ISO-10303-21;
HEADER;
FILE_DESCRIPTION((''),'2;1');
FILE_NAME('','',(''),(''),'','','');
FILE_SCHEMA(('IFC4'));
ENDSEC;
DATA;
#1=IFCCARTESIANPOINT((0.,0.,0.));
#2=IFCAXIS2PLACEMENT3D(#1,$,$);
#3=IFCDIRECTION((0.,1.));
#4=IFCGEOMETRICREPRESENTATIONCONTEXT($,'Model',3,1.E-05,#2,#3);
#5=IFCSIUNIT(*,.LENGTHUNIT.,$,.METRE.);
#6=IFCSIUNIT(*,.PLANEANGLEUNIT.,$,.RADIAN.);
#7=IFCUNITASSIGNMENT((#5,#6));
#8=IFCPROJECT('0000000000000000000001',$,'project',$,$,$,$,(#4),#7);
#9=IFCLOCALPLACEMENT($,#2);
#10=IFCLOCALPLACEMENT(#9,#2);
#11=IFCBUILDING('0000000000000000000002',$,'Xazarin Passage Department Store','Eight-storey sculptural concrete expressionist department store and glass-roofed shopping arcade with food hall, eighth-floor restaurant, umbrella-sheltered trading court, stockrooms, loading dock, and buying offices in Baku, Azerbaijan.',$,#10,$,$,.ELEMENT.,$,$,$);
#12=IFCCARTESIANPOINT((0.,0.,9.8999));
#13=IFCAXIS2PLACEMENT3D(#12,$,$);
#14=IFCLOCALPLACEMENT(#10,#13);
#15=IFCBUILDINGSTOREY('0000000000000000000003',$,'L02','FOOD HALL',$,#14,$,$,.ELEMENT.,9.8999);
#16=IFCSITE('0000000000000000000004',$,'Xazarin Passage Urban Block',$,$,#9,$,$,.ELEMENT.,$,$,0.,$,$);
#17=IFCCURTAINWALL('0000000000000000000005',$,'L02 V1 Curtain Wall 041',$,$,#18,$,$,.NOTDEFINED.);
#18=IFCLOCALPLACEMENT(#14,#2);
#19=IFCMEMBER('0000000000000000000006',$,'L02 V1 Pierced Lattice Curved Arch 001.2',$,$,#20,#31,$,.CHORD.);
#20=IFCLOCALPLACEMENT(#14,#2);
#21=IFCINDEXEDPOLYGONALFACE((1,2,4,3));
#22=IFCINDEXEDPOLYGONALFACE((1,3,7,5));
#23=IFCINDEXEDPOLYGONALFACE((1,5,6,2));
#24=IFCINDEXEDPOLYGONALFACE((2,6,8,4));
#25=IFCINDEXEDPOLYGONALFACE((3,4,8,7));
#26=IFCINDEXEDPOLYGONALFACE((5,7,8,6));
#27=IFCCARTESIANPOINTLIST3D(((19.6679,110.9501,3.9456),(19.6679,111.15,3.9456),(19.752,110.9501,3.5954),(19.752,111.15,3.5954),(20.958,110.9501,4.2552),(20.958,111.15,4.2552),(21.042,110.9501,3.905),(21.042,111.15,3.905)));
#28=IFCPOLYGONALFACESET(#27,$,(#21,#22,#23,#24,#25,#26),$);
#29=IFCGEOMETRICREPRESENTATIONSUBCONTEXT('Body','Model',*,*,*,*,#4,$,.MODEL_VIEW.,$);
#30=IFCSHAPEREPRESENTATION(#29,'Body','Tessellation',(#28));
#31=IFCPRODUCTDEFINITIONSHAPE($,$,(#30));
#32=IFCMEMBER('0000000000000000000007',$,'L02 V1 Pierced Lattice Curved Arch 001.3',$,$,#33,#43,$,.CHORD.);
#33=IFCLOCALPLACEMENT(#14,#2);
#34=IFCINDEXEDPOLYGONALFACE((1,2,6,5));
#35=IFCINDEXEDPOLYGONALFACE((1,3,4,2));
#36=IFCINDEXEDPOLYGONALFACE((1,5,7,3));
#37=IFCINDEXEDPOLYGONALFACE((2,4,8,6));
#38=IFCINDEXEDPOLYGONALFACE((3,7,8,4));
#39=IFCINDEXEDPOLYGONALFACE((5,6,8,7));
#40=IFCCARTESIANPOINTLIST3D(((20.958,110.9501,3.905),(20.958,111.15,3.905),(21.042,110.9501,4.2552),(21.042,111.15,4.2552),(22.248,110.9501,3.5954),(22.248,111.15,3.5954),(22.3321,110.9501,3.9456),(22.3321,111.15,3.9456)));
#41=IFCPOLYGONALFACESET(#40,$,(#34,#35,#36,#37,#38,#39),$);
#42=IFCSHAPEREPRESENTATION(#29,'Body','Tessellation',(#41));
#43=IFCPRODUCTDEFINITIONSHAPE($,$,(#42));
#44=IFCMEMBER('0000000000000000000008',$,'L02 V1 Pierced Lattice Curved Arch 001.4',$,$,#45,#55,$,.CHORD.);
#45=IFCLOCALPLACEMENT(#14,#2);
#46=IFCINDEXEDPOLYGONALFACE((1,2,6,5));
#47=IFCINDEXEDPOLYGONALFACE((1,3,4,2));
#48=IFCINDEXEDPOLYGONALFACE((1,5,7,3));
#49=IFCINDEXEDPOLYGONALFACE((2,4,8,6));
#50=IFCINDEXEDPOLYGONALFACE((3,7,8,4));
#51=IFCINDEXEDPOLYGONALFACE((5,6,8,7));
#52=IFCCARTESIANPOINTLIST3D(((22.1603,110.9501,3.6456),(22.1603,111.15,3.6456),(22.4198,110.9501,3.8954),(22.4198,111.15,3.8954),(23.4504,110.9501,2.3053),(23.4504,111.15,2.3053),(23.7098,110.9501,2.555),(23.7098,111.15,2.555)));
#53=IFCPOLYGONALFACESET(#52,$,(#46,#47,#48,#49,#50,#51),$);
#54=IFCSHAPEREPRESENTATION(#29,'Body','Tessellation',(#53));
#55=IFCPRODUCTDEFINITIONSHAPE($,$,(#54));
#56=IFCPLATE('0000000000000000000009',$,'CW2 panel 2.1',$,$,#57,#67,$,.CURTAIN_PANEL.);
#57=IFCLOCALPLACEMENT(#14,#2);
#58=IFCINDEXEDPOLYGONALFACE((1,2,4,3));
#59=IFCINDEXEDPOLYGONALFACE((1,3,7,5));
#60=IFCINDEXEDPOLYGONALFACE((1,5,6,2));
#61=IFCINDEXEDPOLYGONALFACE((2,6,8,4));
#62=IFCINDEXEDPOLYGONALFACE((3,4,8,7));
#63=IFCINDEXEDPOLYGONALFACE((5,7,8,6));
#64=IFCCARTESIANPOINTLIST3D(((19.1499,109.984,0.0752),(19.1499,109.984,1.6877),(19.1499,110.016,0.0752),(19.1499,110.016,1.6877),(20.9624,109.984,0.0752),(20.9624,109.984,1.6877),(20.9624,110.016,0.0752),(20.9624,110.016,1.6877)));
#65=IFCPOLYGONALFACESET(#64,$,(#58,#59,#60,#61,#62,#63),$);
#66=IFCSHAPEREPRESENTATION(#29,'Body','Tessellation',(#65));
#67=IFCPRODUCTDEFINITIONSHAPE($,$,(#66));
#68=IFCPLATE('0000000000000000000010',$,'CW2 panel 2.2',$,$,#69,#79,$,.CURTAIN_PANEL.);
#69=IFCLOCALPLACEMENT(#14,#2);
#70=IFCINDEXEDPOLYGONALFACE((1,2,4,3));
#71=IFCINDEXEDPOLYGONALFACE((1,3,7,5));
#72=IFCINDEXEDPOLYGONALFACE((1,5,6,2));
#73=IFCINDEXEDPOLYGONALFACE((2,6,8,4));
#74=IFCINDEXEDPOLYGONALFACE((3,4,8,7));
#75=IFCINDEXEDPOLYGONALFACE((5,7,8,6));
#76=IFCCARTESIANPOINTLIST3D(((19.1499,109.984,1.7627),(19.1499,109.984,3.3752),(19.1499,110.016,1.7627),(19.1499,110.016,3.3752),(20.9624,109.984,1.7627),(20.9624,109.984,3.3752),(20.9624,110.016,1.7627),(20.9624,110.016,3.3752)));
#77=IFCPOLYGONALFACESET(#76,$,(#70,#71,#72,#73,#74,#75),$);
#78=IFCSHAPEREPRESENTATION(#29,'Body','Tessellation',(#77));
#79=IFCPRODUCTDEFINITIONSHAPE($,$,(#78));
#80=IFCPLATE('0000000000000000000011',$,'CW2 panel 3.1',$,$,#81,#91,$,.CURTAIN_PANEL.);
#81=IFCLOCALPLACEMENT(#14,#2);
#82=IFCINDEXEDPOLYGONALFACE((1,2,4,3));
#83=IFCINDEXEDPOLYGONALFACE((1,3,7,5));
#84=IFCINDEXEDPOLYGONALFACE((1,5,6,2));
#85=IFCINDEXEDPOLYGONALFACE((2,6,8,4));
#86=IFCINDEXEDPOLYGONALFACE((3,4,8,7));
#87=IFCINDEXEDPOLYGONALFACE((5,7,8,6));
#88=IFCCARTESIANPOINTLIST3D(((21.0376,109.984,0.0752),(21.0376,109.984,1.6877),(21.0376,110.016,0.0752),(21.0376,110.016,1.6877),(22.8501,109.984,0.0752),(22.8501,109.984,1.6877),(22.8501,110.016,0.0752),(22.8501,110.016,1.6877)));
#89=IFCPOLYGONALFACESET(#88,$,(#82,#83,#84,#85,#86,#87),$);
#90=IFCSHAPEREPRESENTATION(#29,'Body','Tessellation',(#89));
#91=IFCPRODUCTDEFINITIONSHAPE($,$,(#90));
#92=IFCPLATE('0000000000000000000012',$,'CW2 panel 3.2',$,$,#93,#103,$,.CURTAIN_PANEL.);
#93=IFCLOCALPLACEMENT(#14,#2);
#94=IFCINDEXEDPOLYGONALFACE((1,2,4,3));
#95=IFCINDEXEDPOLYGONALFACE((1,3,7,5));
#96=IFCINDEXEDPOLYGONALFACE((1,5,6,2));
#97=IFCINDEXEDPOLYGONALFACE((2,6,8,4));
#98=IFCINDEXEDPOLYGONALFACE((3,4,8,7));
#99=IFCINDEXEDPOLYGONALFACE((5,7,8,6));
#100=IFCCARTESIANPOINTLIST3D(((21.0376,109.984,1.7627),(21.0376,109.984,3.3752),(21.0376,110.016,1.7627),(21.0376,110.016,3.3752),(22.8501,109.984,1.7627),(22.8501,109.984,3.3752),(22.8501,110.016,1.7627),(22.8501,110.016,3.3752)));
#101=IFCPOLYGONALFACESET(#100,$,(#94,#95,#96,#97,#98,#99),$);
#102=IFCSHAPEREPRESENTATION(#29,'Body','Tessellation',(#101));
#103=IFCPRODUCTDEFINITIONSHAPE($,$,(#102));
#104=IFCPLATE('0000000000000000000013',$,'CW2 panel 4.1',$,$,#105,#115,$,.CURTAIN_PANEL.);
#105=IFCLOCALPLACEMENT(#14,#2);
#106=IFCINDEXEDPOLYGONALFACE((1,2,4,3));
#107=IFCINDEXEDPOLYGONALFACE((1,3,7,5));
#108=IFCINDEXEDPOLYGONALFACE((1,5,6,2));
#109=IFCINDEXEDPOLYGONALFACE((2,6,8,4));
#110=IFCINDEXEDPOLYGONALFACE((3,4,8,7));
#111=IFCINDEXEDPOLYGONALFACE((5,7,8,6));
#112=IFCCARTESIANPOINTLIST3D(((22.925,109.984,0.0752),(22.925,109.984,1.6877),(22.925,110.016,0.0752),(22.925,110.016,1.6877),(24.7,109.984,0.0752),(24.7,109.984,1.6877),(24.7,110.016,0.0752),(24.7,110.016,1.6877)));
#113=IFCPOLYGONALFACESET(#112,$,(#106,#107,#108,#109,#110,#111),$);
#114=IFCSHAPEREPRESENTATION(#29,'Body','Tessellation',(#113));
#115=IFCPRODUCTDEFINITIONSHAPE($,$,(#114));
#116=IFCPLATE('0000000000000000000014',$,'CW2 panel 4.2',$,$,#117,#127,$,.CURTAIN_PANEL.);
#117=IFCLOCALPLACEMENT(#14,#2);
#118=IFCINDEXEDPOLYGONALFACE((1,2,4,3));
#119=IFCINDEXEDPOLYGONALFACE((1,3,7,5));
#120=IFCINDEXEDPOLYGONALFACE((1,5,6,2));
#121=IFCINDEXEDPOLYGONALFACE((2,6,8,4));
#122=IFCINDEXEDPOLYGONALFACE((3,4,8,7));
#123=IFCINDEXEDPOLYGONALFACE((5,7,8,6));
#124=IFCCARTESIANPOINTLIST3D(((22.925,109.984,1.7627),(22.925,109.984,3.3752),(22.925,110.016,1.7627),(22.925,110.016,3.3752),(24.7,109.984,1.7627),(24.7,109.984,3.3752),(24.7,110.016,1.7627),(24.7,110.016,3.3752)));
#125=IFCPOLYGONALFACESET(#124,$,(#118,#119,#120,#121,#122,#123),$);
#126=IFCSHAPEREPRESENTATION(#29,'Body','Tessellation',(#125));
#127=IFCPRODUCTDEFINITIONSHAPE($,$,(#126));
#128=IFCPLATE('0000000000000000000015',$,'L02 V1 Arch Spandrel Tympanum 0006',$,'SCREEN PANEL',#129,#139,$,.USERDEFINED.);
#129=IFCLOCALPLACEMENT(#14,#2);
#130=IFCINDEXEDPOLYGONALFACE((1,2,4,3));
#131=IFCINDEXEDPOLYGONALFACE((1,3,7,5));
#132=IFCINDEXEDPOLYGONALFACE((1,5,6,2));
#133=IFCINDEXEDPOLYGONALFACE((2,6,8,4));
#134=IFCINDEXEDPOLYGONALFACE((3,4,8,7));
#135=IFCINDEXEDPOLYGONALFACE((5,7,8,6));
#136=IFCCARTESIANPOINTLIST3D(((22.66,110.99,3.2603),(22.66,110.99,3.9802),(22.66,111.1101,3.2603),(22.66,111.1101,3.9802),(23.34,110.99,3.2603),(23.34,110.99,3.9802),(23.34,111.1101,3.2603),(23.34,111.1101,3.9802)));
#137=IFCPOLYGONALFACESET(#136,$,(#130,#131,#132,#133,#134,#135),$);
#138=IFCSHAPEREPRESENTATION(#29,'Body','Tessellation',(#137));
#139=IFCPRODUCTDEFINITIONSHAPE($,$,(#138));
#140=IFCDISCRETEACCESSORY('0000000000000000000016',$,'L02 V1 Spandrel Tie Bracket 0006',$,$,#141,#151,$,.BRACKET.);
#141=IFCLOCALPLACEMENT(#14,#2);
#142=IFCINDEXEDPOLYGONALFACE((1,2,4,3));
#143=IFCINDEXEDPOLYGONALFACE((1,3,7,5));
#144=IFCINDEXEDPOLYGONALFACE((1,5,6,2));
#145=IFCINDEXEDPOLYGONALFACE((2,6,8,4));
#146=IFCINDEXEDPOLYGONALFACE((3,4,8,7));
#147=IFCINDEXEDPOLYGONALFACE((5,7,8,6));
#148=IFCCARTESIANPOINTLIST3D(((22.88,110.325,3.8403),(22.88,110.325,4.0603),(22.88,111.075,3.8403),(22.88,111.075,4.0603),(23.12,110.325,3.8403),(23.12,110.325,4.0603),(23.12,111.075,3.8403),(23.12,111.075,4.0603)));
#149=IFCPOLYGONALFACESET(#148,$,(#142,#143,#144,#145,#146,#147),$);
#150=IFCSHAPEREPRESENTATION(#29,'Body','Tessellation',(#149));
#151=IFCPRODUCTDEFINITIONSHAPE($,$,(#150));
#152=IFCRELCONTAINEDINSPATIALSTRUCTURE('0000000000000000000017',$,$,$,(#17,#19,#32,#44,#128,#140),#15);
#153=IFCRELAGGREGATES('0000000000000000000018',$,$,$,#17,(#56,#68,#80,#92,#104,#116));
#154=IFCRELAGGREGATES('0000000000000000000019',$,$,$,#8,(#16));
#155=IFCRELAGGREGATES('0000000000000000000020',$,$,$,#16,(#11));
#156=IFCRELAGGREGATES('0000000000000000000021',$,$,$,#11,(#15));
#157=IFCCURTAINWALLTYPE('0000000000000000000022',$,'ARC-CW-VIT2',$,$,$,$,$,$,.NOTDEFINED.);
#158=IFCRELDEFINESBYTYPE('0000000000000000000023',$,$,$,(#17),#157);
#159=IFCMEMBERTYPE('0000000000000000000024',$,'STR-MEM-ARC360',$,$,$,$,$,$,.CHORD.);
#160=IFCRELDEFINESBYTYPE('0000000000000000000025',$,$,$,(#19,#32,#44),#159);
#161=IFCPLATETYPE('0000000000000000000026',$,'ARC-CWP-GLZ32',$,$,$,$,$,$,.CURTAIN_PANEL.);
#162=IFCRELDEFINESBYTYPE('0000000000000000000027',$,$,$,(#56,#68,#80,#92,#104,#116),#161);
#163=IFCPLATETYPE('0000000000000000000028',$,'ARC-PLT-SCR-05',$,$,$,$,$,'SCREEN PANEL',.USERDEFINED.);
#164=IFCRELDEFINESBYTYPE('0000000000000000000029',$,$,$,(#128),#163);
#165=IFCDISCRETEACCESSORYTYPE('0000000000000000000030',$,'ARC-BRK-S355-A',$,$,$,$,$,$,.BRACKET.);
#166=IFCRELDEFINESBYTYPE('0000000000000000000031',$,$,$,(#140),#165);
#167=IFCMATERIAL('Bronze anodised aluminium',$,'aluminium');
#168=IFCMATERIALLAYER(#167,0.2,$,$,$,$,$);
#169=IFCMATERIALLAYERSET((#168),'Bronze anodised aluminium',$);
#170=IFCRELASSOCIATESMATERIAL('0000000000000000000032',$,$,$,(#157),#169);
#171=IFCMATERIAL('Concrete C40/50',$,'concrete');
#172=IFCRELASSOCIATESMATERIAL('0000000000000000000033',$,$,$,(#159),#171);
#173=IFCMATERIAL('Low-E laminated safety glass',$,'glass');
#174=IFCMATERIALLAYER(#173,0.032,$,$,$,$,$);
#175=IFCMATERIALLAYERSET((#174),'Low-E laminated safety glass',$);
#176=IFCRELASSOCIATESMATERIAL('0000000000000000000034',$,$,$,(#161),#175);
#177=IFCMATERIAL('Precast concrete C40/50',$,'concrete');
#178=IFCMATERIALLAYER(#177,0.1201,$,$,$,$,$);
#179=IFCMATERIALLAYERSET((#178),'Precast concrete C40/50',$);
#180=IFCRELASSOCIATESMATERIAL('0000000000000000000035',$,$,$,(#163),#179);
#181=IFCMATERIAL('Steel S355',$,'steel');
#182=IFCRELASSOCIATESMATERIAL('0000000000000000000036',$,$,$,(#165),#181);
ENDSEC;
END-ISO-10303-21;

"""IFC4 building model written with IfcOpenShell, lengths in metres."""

from ifc_helpers import new_model, si_unit, direction, frame, origin, origin_2d, place, context, subcontext, project, spatial, rectangle, extrude, material, layer, layer_set, material_profile, profile_set, type_object, element, aggregate, save


model = new_model("IFC4")

# Units and contexts
model_context = context("Model", 3, precision=1e-05, world=origin(), true_north=direction((0.0, 1.0)))
body_context = subcontext(model_context, "Body", "Model", "MODEL_VIEW")
ifc_project = project(units=[si_unit("LENGTHUNIT", "METRE"), si_unit("PLANEANGLEUNIT", "RADIAN")], contexts=[model_context])

# Site, building, storey
site_placement = place(None, origin())
site = spatial("IfcSite", under=ifc_project, at=site_placement, Name="Xazarin Passage Urban Block", CompositionType="ELEMENT", RefElevation=0.0)
building_placement = place(site_placement, origin())
building = spatial("IfcBuilding", under=site, at=building_placement, Name="Xazarin Passage Department Store", Description="Eight-storey sculptural concrete expressionist department store and glass-roofed shopping arcade with food hall, eighth-floor restaurant, umbrella-sheltered trading court, stockrooms, loading dock, and buying offices in Baku, Azerbaijan.", CompositionType="ELEMENT")
storey_placement = place(building_placement, frame((0.0, 0.0, 9.8999)))
storey = spatial("IfcBuildingStorey", under=building, at=storey_placement, Name="L02", Description="FOOD HALL", CompositionType="ELEMENT", Elevation=9.8999)

# Shared definitions
ifc_material_1 = material(Name="Concrete C40/50", Category="concrete")

# Curtain wall
ifc_material_2 = material(Name="Bronze anodised aluminium", Category="aluminium")
ifc_layer_1 = layer(ifc_material_2, 0.2)
ifc_layer_set_1 = layer_set([ifc_layer_1], Name="Bronze anodised aluminium")
curtain_wall_type = type_object("IfcCurtainWallType", Name="ARC-CW-VIT2", PredefinedType="NOTDEFINED", material=ifc_layer_set_1)
curtain_wall_placement = place(storey_placement, origin())
curtain_wall = element("IfcCurtainWall", 1, at=curtain_wall_placement, inside=storey, type_object=curtain_wall_type, Name="L02 V1 Curtain Wall 041", PredefinedType="NOTDEFINED")

# Members
ifc_material_profile_1 = material_profile(ifc_material_1, rectangle(XDim=0.2, YDim=0.3601, at=origin_2d()), Name="RC 200x360")
ifc_profile_set_1 = profile_set([ifc_material_profile_1], Name="Concrete C40/50")
member_type_1 = type_object("IfcMemberType", Name="STR-MEM-ARC360", PredefinedType="CHORD", material=ifc_profile_set_1)
for number, where, z_axis, x_axis, name in (
    (2, (19.71, 111.05, 3.7705), (0.972394, 0.0, 0.233345), (0.0, 1.0, 0.0), "L02 V1 Pierced Lattice Curved Arch 001.2"),
    (3, (21.0, 111.05, 4.0801), (0.972394, 0.0, -0.233345), (0.0, 1.0, 0.0), "L02 V1 Pierced Lattice Curved Arch 001.3"),
):
    element("IfcMember", number, at=place(storey_placement, frame(where, z_axis=z_axis, x_axis=x_axis)), inside=storey, type_object=member_type_1, Name=name, PredefinedType="CHORD", context=body_context, shape_type="SweptSolid", body=[
        extrude(rectangle(XDim=0.2, YDim=0.3601, at=origin_2d()), origin(), (0.0, 0.0, 1.0), 1.3267),
    ])
member_1_placement = place(storey_placement, frame((22.29, 111.05, 3.7705), z_axis=(0.69346, 0.0, -0.720495), x_axis=(0.0, 1.0, 0.0)))
element("IfcMember", 4, at=member_1_placement, inside=storey, type_object=member_type_1, Name="L02 V1 Pierced Lattice Curved Arch 001.4", PredefinedType="CHORD", context=body_context, shape_type="SweptSolid", body=[
    extrude(rectangle(XDim=0.2, YDim=0.3601, at=origin_2d()), origin(), (0.0, 0.0, 1.0), 1.8604),
])

# Plates
ifc_material_3 = material(Name="Low-E laminated safety glass", Category="glass")
ifc_layer_2 = layer(ifc_material_3, 0.032)
ifc_layer_set_2 = layer_set([ifc_layer_2], Name="Low-E laminated safety glass")
plate_type_1 = type_object("IfcPlateType", Name="ARC-CWP-GLZ32", PredefinedType="CURTAIN_PANEL", material=ifc_layer_set_2)
plate_1_placement = place(storey_placement, frame((20.0562, 110.0, 0.0752), z_axis=(0.0, 0.0, 1.0), x_axis=(1.0, 0.0, 0.0)))
plate_1 = element("IfcPlate", 5, at=plate_1_placement, type_object=plate_type_1, Name="CW2 panel 2.1", PredefinedType="CURTAIN_PANEL", context=body_context, shape_type="SweptSolid", body=[
    extrude(rectangle(XDim=1.8125, YDim=0.032, at=origin_2d()), origin(), (0.0, 0.0, 1.0), 1.6125),
])
plate_2_placement = place(storey_placement, frame((20.0562, 110.0, 1.7627), z_axis=(0.0, 0.0, 1.0), x_axis=(1.0, 0.0, 0.0)))
plate_2 = element("IfcPlate", 6, at=plate_2_placement, type_object=plate_type_1, Name="CW2 panel 2.2", PredefinedType="CURTAIN_PANEL", context=body_context, shape_type="SweptSolid", body=[
    extrude(rectangle(XDim=1.8125, YDim=0.032, at=origin_2d()), origin(), (0.0, 0.0, 1.0), 1.6125),
])
plate_3_placement = place(storey_placement, frame((21.9438, 110.0, 0.0752), z_axis=(0.0, 0.0, 1.0), x_axis=(1.0, 0.0, 0.0)))
plate_3 = element("IfcPlate", 7, at=plate_3_placement, type_object=plate_type_1, Name="CW2 panel 3.1", PredefinedType="CURTAIN_PANEL", context=body_context, shape_type="SweptSolid", body=[
    extrude(rectangle(XDim=1.8125, YDim=0.032, at=origin_2d()), origin(), (0.0, 0.0, 1.0), 1.6125),
])
plate_4_placement = place(storey_placement, frame((21.9438, 110.0, 1.7627), z_axis=(0.0, 0.0, 1.0), x_axis=(1.0, 0.0, 0.0)))
plate_4 = element("IfcPlate", 8, at=plate_4_placement, type_object=plate_type_1, Name="CW2 panel 3.2", PredefinedType="CURTAIN_PANEL", context=body_context, shape_type="SweptSolid", body=[
    extrude(rectangle(XDim=1.8125, YDim=0.032, at=origin_2d()), origin(), (0.0, 0.0, 1.0), 1.6125),
])
plate_5_placement = place(storey_placement, frame((23.8125, 110.0, 0.0752), z_axis=(0.0, 0.0, 1.0), x_axis=(1.0, 0.0, 0.0)))
plate_5 = element("IfcPlate", 9, at=plate_5_placement, type_object=plate_type_1, Name="CW2 panel 4.1", PredefinedType="CURTAIN_PANEL", context=body_context, shape_type="SweptSolid", body=[
    extrude(rectangle(XDim=1.7749, YDim=0.032, at=origin_2d()), origin(), (0.0, 0.0, 1.0), 1.6125),
])
plate_6_placement = place(storey_placement, frame((23.8125, 110.0, 1.7627), z_axis=(0.0, 0.0, 1.0), x_axis=(1.0, 0.0, 0.0)))
plate_6 = element("IfcPlate", 10, at=plate_6_placement, type_object=plate_type_1, Name="CW2 panel 4.2", PredefinedType="CURTAIN_PANEL", context=body_context, shape_type="SweptSolid", body=[
    extrude(rectangle(XDim=1.7749, YDim=0.032, at=origin_2d()), origin(), (0.0, 0.0, 1.0), 1.6125),
])
aggregate(curtain_wall, [plate_1, plate_2, plate_3, plate_4, plate_5, plate_6])
ifc_material_4 = material(Name="Precast concrete C40/50", Category="concrete")
ifc_layer_3 = layer(ifc_material_4, 0.1201)
ifc_layer_set_3 = layer_set([ifc_layer_3], Name="Precast concrete C40/50")
plate_type_2 = type_object("IfcPlateType", Name="ARC-PLT-SCR-05", ElementType="SCREEN PANEL", PredefinedType="USERDEFINED", material=ifc_layer_set_3)
plate_7_placement = place(storey_placement, frame((23.0, 111.05, 3.2603), z_axis=(0.0, 0.0, 1.0), x_axis=(1.0, 0.0, 0.0)))
element("IfcPlate", 11, at=plate_7_placement, inside=storey, type_object=plate_type_2, Name="L02 V1 Arch Spandrel Tympanum 0006", ObjectType="SCREEN PANEL", PredefinedType="USERDEFINED", context=body_context, shape_type="SweptSolid", body=[
    extrude(rectangle(XDim=0.6799, YDim=0.1201, at=origin_2d()), origin(), (0.0, 0.0, 1.0), 0.72),
])

# Discrete accessory
ifc_material_5 = material(Name="Steel S355", Category="steel")
discrete_accessory_type = type_object("IfcDiscreteAccessoryType", Name="ARC-BRK-S355-A", PredefinedType="BRACKET", material=ifc_material_5)
discrete_accessory_placement = place(storey_placement, frame((23.0, 110.7, 3.8403), z_axis=(0.0, 0.0, 1.0), x_axis=(1.0, 0.0, 0.0)))
element("IfcDiscreteAccessory", 12, at=discrete_accessory_placement, inside=storey, type_object=discrete_accessory_type, Name="L02 V1 Spandrel Tie Bracket 0006", PredefinedType="BRACKET", context=body_context, shape_type="SweptSolid", body=[
    extrude(rectangle(XDim=0.24, YDim=0.75, at=origin_2d()), origin(), (0.0, 0.0, 1.0), 0.22),
])

save(model, "model.ifc")
